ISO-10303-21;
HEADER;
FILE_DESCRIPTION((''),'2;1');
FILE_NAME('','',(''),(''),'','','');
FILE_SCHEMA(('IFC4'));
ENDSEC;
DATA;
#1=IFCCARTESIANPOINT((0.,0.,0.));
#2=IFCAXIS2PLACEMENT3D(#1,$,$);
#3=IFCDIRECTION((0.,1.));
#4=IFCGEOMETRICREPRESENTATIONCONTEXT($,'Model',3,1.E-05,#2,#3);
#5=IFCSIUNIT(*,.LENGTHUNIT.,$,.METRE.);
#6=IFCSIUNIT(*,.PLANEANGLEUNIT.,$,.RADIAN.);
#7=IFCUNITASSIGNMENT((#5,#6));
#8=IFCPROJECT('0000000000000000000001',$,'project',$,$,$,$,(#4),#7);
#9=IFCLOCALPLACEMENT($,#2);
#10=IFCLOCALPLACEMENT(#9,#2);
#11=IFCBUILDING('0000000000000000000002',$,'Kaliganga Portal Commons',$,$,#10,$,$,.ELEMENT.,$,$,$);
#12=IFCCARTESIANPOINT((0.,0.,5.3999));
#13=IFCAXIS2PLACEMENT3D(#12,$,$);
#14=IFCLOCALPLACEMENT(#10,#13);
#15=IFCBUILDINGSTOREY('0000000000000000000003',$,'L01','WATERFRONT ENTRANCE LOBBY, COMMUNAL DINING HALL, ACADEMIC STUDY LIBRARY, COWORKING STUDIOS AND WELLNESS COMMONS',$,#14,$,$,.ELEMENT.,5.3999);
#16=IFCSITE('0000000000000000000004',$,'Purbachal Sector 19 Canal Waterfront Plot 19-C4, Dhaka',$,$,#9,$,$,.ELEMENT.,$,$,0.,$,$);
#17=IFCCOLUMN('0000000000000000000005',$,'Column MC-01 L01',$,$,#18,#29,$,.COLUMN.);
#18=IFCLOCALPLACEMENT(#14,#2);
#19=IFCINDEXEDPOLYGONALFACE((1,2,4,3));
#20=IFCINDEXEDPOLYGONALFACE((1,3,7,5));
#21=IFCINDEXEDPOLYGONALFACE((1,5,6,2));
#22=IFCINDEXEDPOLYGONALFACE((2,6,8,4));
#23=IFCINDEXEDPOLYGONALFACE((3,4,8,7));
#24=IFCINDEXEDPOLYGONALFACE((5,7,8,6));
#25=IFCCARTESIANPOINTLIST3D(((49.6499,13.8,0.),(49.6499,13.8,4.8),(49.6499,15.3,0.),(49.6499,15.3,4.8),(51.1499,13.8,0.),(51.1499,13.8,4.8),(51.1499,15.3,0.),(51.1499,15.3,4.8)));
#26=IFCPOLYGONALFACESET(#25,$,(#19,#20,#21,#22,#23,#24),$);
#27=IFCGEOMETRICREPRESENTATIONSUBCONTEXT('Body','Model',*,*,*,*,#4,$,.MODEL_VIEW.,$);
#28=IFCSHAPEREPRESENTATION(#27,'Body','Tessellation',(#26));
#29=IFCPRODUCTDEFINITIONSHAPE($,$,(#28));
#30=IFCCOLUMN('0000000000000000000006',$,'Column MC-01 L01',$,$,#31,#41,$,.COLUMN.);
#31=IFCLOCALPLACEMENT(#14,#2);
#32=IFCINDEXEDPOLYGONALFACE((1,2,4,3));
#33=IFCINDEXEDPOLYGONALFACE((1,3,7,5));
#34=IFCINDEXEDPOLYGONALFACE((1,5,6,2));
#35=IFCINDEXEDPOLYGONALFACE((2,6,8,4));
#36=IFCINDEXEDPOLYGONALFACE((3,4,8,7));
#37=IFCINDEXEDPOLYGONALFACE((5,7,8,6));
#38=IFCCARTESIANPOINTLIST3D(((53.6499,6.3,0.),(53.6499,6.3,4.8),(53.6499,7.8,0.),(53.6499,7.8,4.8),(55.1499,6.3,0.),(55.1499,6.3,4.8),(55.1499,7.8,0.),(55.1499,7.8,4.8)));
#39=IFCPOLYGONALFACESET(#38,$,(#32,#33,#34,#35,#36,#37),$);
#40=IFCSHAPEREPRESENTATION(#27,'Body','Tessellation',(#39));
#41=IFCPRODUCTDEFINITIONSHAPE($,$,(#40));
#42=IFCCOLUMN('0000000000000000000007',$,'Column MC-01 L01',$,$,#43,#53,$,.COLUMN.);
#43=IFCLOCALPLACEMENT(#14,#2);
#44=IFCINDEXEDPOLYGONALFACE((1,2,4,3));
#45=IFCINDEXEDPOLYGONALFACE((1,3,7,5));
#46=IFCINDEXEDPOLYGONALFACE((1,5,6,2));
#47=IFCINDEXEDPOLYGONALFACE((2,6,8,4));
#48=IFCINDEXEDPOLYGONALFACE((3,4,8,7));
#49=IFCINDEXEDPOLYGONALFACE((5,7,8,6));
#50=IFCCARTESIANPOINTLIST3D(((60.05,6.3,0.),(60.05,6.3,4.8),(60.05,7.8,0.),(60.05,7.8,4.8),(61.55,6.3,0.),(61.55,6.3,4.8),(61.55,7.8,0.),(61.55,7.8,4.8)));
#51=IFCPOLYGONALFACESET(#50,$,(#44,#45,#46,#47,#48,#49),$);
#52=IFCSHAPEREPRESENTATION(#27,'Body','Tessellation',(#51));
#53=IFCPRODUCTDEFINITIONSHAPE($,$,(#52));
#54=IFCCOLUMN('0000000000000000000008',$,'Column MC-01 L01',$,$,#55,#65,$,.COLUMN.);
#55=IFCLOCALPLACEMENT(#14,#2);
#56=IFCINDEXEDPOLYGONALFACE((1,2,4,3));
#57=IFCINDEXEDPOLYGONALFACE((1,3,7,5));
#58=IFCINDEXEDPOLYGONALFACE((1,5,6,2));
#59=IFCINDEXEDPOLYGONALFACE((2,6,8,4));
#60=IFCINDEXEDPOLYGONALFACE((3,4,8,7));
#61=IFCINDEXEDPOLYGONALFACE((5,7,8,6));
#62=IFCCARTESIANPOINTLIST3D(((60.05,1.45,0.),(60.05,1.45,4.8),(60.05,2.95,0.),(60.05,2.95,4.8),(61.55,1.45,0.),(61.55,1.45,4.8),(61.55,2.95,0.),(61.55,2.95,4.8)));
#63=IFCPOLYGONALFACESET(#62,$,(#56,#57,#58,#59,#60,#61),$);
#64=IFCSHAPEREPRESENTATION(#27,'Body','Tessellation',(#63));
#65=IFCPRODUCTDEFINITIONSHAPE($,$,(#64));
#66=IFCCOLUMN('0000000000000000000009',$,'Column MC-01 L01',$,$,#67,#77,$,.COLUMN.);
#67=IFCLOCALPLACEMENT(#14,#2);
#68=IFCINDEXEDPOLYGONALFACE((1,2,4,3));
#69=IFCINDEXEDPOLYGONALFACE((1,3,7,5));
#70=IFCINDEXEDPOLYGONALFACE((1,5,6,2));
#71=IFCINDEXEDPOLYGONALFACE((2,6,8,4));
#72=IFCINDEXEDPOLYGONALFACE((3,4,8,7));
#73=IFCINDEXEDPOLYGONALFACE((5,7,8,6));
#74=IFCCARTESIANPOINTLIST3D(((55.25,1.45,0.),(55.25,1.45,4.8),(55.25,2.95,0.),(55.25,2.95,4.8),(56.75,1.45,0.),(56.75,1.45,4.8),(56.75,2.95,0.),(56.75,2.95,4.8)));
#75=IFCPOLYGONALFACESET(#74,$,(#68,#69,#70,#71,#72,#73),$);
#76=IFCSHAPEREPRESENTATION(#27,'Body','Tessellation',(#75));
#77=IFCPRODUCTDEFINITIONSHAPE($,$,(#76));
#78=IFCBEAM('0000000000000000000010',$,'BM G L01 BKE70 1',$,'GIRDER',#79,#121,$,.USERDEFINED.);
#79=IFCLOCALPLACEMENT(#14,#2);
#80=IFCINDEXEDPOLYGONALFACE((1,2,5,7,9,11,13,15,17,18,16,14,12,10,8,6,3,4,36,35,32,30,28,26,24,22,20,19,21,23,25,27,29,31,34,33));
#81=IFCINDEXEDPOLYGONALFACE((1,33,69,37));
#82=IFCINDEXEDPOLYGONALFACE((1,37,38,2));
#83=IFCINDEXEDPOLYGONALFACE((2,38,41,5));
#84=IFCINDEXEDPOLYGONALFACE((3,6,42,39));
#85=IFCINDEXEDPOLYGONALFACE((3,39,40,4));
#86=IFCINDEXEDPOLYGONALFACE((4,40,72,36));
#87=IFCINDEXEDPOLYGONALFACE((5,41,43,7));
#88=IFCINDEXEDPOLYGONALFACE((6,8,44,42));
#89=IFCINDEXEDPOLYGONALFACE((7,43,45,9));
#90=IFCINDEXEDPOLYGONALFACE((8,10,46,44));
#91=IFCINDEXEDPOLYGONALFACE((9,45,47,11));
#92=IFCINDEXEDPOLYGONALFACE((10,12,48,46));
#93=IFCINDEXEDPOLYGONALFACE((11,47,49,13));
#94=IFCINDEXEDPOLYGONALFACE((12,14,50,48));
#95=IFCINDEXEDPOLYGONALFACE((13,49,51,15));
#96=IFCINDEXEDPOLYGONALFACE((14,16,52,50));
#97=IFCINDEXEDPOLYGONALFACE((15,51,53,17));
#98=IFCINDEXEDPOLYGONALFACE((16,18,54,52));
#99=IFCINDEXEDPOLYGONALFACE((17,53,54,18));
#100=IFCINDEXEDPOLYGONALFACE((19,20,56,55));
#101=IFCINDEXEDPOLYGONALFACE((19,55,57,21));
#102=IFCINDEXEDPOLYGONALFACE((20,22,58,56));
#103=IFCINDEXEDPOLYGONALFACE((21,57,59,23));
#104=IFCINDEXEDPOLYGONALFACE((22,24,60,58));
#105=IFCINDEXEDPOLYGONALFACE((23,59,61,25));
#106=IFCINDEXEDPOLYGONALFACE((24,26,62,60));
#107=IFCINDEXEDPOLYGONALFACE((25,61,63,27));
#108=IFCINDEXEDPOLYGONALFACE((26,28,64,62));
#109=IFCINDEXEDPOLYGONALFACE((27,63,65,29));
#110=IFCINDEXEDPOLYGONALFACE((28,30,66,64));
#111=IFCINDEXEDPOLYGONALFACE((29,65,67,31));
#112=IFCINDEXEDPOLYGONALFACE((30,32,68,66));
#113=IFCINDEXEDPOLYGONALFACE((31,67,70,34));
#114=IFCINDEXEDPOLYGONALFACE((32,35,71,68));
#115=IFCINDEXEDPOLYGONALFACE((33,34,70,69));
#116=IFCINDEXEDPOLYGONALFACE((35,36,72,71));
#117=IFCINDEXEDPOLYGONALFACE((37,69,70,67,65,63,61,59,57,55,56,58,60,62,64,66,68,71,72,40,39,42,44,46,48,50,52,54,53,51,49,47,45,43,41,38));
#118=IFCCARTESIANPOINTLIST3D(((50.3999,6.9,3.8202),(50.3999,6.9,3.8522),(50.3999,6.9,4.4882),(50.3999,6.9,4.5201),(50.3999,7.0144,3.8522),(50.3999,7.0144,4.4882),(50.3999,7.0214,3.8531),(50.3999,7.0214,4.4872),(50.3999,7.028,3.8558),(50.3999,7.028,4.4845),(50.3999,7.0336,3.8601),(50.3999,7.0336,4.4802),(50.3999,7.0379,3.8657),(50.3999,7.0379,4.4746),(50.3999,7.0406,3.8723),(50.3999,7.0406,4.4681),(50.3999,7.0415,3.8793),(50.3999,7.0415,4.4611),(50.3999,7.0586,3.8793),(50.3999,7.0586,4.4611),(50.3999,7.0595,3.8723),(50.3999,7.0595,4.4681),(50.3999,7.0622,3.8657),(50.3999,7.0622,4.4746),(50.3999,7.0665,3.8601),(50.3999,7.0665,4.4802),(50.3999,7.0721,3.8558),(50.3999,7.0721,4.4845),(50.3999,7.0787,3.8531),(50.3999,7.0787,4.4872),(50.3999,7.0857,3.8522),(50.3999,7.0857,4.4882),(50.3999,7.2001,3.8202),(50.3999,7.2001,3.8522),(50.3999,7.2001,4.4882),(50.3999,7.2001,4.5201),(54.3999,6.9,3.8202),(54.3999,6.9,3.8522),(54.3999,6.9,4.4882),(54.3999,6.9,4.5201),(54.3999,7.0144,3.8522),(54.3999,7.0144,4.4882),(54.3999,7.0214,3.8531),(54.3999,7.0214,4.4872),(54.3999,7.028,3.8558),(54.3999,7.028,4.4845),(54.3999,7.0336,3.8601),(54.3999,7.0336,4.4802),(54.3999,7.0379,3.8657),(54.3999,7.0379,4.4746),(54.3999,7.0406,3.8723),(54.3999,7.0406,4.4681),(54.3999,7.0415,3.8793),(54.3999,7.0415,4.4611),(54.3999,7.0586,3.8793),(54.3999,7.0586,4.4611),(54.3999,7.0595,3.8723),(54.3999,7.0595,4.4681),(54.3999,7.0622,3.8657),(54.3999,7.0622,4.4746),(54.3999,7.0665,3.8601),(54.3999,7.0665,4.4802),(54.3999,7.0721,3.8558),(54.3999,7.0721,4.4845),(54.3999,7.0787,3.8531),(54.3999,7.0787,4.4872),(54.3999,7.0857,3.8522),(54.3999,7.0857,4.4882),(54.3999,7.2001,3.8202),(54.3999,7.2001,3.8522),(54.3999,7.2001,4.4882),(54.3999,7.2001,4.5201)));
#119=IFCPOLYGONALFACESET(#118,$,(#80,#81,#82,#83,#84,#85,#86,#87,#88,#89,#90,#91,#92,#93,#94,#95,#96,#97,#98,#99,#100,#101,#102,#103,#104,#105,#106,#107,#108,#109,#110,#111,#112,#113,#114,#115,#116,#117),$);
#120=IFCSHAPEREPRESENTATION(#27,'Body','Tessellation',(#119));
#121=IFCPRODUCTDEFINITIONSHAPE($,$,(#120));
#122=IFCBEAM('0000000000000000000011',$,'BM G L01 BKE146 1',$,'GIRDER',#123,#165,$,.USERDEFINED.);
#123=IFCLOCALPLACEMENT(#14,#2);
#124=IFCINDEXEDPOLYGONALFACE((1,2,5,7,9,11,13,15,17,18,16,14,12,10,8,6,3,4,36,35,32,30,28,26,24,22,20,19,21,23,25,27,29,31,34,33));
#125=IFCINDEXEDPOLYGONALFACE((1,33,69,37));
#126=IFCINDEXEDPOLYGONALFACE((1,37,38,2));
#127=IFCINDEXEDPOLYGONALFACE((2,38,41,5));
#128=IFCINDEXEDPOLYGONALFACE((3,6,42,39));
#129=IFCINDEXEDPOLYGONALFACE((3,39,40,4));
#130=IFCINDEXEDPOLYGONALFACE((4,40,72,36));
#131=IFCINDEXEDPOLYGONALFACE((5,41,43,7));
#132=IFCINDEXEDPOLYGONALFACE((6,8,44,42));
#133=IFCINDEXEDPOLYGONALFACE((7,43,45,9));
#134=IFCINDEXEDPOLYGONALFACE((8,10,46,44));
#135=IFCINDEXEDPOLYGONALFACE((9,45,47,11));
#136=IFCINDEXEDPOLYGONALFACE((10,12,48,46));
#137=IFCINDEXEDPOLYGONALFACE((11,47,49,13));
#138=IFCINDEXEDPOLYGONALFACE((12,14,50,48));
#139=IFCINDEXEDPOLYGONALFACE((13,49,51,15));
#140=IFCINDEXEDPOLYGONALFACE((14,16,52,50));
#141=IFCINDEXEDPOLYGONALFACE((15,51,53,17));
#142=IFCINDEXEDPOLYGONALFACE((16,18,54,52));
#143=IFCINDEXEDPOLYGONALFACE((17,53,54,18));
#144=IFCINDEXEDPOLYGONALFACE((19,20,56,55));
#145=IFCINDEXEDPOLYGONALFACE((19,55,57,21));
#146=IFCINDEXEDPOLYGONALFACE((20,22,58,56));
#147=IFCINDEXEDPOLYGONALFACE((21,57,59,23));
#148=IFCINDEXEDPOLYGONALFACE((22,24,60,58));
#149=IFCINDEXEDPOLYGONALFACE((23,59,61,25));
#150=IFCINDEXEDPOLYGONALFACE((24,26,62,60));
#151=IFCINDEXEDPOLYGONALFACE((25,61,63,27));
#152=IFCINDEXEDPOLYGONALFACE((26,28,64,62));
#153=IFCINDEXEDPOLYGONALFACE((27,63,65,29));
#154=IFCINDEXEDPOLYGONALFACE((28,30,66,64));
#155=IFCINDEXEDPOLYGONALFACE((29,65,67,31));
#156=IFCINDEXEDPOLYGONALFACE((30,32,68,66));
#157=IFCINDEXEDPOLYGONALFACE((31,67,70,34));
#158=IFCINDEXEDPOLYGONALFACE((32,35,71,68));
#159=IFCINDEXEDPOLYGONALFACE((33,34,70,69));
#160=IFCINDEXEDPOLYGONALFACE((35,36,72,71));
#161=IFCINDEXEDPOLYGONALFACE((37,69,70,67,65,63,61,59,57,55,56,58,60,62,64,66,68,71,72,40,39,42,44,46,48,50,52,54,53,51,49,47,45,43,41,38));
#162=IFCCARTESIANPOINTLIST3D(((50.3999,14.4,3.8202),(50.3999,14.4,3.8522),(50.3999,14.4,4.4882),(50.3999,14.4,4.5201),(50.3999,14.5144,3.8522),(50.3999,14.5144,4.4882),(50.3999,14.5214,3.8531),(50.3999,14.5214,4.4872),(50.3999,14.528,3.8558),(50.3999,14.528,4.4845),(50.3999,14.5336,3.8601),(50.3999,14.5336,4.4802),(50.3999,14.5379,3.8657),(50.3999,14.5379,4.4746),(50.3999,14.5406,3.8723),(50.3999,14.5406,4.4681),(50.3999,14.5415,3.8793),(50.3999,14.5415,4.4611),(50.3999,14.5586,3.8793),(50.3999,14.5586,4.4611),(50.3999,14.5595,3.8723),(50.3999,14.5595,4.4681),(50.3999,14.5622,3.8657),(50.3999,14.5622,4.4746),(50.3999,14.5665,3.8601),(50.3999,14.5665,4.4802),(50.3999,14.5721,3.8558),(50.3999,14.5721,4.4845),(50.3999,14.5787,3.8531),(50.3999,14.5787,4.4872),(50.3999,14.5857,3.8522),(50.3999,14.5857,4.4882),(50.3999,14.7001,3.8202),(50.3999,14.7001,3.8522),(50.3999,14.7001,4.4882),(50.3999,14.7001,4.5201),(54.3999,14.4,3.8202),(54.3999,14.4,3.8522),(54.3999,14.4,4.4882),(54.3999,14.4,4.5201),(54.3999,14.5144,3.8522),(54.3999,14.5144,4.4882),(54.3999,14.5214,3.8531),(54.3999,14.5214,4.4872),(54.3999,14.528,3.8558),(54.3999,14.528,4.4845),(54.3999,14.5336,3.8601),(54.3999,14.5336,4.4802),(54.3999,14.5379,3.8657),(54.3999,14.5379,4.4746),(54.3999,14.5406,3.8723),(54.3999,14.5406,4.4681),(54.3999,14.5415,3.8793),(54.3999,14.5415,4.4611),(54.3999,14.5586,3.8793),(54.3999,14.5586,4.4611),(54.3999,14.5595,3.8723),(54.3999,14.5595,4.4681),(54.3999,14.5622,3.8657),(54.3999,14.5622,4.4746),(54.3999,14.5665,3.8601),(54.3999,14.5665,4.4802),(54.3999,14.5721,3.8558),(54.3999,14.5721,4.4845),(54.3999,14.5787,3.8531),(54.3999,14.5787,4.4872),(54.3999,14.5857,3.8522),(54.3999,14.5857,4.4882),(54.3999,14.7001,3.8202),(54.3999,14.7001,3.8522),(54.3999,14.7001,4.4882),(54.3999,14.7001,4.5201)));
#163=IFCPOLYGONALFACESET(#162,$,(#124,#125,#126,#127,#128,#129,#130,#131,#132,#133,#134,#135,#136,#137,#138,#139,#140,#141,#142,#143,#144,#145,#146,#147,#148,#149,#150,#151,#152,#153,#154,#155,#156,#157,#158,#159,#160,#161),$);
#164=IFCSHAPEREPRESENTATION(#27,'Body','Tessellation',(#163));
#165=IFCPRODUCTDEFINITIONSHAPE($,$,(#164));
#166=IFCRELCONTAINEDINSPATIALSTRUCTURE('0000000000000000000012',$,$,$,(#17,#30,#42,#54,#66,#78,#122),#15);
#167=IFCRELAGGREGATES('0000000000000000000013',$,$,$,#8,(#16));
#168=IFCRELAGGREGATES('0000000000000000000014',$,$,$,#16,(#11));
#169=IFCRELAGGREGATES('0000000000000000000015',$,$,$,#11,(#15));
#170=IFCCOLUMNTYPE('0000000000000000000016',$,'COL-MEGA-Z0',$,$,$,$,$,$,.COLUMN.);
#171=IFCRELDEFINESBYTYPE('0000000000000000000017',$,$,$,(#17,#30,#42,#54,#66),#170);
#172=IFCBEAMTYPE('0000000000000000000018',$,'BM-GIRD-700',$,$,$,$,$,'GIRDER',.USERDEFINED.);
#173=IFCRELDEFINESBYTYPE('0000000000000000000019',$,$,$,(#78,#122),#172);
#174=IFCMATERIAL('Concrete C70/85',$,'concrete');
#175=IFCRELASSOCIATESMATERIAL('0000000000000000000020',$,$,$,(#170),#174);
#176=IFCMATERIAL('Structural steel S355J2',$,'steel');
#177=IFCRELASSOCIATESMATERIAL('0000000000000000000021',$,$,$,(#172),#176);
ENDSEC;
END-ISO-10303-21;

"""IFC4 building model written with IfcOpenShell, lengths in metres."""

from ifc_helpers import new_model, si_unit, direction, frame, origin, origin_2d, place, context, subcontext, project, spatial, rectangle, i_section, extrude, source, transform, mapped, material, material_profile, profile_set, type_object, element, save


model = new_model("IFC4")

# Units and contexts
model_context = context("Model", 3, precision=1e-05, world=origin(), true_north=direction((0.0, 1.0)))
body_context = subcontext(model_context, "Body", "Model", "MODEL_VIEW")
ifc_project = project(units=[si_unit("LENGTHUNIT", "METRE"), si_unit("PLANEANGLEUNIT", "RADIAN")], contexts=[model_context])

# Site, building, storey
site_placement = place(None, origin())
site = spatial("IfcSite", under=ifc_project, at=site_placement, Name="Purbachal Sector 19 Canal Waterfront Plot 19-C4, Dhaka", CompositionType="ELEMENT", RefElevation=0.0)
building_placement = place(site_placement, origin())
building = spatial("IfcBuilding", under=site, at=building_placement, Name="Kaliganga Portal Commons", CompositionType="ELEMENT")
storey_placement = place(building_placement, frame((0.0, 0.0, 5.3999)))
storey = spatial("IfcBuildingStorey", under=building, at=storey_placement, Name="L01", Description="WATERFRONT ENTRANCE LOBBY, COMMUNAL DINING HALL, ACADEMIC STUDY LIBRARY, COWORKING STUDIOS AND WELLNESS COMMONS", CompositionType="ELEMENT", Elevation=5.3999)

# Columns
ifc_material_1 = material(Name="Concrete C70/85", Category="concrete")
ifc_material_profile_1 = material_profile(ifc_material_1, rectangle(XDim=1.5, YDim=1.5, at=origin_2d()), Name="RC 1500x1500")
ifc_profile_set_1 = profile_set([ifc_material_profile_1], Name="Concrete C70/85")
column_type = type_object("IfcColumnType", Name="COL-MEGA-Z0", PredefinedType="COLUMN", material=ifc_profile_set_1)
shared_shape_1 = source(origin(), body_context, "Body", "SweptSolid", [
    extrude(rectangle(XDim=1.5, YDim=1.5, at=origin_2d()), origin(), (0.0, 0.0, 1.0), 4.8),
])
for number, where, z_axis, x_axis, name in (
    (1, (50.3999, 14.55, 0.0), (0.0, 0.0, 1.0), (1.0, 0.0, 0.0), "Column MC-01 L01"),
    (2, (54.3999, 7.05, 0.0), (0.0, 0.0, 1.0), (1.0, 0.0, 0.0), "Column MC-01 L01"),
    (3, (60.8, 7.05, 0.0), (0.0, 0.0, 1.0), (1.0, 0.0, 0.0), "Column MC-01 L01"),
    (4, (60.8, 2.2, 0.0), (0.0, 0.0, 1.0), (1.0, 0.0, 0.0), "Column MC-01 L01"),
    (5, (56.0, 2.2, 0.0), (0.0, 0.0, 1.0), (1.0, 0.0, 0.0), "Column MC-01 L01"),
):
    element("IfcColumn", number, at=place(storey_placement, frame(where, z_axis=z_axis, x_axis=x_axis)), inside=storey, type_object=column_type, Name=name, PredefinedType="COLUMN", context=body_context, shape_type="MappedRepresentation", body=[
        mapped(shared_shape_1, transform((0.0, 0.0, 0.0), x_axis=(1.0, 0.0, 0.0), y_axis=(0.0, 1.0, 0.0), z_axis=(0.0, 0.0, 1.0), scale=1.0)),
    ])

# Beams
ifc_material_2 = material(Name="Structural steel S355J2", Category="steel")
ifc_material_profile_2 = material_profile(ifc_material_2, i_section(OverallWidth=0.3, OverallDepth=0.7, WebThickness=0.0171, FlangeThickness=0.032, FilletRadius=0.0271, at=origin_2d()), Name="HE 700 B")
ifc_profile_set_2 = profile_set([ifc_material_profile_2], Name="Structural steel S355J2 wide-flange")
beam_type_1 = type_object("IfcBeamType", Name="BM-GIRD-700", ElementType="GIRDER", PredefinedType="USERDEFINED", material=ifc_profile_set_2)
shared_shape_2 = source(origin(), body_context, "Body", "SweptSolid", [
    extrude(i_section(OverallWidth=0.3, OverallDepth=0.7, WebThickness=0.0171, FlangeThickness=0.032, FilletRadius=0.0271, at=origin_2d()), origin(), (0.0, 0.0, 1.0), 4.0),
])
for number, where, z_axis, x_axis, name in (
    (6, (50.3999, 7.05, 4.1702), (1.0, 0.0, 0.0), (0.0, 1.0, 0.0), "BM G L01 BKE70 1"),
    (7, (50.3999, 14.55, 4.1702), (1.0, 0.0, 0.0), (0.0, 1.0, 0.0), "BM G L01 BKE146 1"),
):
    element("IfcBeam", number, at=place(storey_placement, frame(where, z_axis=z_axis, x_axis=x_axis)), inside=storey, type_object=beam_type_1, Name=name, ObjectType="GIRDER", PredefinedType="USERDEFINED", context=body_context, shape_type="MappedRepresentation", body=[
        mapped(shared_shape_2, transform((0.0, 0.0, 0.0), x_axis=(1.0, 0.0, 0.0), y_axis=(0.0, 1.0, 0.0), z_axis=(0.0, 0.0, 1.0), scale=1.0)),
    ])

save(model, "model.ifc")
